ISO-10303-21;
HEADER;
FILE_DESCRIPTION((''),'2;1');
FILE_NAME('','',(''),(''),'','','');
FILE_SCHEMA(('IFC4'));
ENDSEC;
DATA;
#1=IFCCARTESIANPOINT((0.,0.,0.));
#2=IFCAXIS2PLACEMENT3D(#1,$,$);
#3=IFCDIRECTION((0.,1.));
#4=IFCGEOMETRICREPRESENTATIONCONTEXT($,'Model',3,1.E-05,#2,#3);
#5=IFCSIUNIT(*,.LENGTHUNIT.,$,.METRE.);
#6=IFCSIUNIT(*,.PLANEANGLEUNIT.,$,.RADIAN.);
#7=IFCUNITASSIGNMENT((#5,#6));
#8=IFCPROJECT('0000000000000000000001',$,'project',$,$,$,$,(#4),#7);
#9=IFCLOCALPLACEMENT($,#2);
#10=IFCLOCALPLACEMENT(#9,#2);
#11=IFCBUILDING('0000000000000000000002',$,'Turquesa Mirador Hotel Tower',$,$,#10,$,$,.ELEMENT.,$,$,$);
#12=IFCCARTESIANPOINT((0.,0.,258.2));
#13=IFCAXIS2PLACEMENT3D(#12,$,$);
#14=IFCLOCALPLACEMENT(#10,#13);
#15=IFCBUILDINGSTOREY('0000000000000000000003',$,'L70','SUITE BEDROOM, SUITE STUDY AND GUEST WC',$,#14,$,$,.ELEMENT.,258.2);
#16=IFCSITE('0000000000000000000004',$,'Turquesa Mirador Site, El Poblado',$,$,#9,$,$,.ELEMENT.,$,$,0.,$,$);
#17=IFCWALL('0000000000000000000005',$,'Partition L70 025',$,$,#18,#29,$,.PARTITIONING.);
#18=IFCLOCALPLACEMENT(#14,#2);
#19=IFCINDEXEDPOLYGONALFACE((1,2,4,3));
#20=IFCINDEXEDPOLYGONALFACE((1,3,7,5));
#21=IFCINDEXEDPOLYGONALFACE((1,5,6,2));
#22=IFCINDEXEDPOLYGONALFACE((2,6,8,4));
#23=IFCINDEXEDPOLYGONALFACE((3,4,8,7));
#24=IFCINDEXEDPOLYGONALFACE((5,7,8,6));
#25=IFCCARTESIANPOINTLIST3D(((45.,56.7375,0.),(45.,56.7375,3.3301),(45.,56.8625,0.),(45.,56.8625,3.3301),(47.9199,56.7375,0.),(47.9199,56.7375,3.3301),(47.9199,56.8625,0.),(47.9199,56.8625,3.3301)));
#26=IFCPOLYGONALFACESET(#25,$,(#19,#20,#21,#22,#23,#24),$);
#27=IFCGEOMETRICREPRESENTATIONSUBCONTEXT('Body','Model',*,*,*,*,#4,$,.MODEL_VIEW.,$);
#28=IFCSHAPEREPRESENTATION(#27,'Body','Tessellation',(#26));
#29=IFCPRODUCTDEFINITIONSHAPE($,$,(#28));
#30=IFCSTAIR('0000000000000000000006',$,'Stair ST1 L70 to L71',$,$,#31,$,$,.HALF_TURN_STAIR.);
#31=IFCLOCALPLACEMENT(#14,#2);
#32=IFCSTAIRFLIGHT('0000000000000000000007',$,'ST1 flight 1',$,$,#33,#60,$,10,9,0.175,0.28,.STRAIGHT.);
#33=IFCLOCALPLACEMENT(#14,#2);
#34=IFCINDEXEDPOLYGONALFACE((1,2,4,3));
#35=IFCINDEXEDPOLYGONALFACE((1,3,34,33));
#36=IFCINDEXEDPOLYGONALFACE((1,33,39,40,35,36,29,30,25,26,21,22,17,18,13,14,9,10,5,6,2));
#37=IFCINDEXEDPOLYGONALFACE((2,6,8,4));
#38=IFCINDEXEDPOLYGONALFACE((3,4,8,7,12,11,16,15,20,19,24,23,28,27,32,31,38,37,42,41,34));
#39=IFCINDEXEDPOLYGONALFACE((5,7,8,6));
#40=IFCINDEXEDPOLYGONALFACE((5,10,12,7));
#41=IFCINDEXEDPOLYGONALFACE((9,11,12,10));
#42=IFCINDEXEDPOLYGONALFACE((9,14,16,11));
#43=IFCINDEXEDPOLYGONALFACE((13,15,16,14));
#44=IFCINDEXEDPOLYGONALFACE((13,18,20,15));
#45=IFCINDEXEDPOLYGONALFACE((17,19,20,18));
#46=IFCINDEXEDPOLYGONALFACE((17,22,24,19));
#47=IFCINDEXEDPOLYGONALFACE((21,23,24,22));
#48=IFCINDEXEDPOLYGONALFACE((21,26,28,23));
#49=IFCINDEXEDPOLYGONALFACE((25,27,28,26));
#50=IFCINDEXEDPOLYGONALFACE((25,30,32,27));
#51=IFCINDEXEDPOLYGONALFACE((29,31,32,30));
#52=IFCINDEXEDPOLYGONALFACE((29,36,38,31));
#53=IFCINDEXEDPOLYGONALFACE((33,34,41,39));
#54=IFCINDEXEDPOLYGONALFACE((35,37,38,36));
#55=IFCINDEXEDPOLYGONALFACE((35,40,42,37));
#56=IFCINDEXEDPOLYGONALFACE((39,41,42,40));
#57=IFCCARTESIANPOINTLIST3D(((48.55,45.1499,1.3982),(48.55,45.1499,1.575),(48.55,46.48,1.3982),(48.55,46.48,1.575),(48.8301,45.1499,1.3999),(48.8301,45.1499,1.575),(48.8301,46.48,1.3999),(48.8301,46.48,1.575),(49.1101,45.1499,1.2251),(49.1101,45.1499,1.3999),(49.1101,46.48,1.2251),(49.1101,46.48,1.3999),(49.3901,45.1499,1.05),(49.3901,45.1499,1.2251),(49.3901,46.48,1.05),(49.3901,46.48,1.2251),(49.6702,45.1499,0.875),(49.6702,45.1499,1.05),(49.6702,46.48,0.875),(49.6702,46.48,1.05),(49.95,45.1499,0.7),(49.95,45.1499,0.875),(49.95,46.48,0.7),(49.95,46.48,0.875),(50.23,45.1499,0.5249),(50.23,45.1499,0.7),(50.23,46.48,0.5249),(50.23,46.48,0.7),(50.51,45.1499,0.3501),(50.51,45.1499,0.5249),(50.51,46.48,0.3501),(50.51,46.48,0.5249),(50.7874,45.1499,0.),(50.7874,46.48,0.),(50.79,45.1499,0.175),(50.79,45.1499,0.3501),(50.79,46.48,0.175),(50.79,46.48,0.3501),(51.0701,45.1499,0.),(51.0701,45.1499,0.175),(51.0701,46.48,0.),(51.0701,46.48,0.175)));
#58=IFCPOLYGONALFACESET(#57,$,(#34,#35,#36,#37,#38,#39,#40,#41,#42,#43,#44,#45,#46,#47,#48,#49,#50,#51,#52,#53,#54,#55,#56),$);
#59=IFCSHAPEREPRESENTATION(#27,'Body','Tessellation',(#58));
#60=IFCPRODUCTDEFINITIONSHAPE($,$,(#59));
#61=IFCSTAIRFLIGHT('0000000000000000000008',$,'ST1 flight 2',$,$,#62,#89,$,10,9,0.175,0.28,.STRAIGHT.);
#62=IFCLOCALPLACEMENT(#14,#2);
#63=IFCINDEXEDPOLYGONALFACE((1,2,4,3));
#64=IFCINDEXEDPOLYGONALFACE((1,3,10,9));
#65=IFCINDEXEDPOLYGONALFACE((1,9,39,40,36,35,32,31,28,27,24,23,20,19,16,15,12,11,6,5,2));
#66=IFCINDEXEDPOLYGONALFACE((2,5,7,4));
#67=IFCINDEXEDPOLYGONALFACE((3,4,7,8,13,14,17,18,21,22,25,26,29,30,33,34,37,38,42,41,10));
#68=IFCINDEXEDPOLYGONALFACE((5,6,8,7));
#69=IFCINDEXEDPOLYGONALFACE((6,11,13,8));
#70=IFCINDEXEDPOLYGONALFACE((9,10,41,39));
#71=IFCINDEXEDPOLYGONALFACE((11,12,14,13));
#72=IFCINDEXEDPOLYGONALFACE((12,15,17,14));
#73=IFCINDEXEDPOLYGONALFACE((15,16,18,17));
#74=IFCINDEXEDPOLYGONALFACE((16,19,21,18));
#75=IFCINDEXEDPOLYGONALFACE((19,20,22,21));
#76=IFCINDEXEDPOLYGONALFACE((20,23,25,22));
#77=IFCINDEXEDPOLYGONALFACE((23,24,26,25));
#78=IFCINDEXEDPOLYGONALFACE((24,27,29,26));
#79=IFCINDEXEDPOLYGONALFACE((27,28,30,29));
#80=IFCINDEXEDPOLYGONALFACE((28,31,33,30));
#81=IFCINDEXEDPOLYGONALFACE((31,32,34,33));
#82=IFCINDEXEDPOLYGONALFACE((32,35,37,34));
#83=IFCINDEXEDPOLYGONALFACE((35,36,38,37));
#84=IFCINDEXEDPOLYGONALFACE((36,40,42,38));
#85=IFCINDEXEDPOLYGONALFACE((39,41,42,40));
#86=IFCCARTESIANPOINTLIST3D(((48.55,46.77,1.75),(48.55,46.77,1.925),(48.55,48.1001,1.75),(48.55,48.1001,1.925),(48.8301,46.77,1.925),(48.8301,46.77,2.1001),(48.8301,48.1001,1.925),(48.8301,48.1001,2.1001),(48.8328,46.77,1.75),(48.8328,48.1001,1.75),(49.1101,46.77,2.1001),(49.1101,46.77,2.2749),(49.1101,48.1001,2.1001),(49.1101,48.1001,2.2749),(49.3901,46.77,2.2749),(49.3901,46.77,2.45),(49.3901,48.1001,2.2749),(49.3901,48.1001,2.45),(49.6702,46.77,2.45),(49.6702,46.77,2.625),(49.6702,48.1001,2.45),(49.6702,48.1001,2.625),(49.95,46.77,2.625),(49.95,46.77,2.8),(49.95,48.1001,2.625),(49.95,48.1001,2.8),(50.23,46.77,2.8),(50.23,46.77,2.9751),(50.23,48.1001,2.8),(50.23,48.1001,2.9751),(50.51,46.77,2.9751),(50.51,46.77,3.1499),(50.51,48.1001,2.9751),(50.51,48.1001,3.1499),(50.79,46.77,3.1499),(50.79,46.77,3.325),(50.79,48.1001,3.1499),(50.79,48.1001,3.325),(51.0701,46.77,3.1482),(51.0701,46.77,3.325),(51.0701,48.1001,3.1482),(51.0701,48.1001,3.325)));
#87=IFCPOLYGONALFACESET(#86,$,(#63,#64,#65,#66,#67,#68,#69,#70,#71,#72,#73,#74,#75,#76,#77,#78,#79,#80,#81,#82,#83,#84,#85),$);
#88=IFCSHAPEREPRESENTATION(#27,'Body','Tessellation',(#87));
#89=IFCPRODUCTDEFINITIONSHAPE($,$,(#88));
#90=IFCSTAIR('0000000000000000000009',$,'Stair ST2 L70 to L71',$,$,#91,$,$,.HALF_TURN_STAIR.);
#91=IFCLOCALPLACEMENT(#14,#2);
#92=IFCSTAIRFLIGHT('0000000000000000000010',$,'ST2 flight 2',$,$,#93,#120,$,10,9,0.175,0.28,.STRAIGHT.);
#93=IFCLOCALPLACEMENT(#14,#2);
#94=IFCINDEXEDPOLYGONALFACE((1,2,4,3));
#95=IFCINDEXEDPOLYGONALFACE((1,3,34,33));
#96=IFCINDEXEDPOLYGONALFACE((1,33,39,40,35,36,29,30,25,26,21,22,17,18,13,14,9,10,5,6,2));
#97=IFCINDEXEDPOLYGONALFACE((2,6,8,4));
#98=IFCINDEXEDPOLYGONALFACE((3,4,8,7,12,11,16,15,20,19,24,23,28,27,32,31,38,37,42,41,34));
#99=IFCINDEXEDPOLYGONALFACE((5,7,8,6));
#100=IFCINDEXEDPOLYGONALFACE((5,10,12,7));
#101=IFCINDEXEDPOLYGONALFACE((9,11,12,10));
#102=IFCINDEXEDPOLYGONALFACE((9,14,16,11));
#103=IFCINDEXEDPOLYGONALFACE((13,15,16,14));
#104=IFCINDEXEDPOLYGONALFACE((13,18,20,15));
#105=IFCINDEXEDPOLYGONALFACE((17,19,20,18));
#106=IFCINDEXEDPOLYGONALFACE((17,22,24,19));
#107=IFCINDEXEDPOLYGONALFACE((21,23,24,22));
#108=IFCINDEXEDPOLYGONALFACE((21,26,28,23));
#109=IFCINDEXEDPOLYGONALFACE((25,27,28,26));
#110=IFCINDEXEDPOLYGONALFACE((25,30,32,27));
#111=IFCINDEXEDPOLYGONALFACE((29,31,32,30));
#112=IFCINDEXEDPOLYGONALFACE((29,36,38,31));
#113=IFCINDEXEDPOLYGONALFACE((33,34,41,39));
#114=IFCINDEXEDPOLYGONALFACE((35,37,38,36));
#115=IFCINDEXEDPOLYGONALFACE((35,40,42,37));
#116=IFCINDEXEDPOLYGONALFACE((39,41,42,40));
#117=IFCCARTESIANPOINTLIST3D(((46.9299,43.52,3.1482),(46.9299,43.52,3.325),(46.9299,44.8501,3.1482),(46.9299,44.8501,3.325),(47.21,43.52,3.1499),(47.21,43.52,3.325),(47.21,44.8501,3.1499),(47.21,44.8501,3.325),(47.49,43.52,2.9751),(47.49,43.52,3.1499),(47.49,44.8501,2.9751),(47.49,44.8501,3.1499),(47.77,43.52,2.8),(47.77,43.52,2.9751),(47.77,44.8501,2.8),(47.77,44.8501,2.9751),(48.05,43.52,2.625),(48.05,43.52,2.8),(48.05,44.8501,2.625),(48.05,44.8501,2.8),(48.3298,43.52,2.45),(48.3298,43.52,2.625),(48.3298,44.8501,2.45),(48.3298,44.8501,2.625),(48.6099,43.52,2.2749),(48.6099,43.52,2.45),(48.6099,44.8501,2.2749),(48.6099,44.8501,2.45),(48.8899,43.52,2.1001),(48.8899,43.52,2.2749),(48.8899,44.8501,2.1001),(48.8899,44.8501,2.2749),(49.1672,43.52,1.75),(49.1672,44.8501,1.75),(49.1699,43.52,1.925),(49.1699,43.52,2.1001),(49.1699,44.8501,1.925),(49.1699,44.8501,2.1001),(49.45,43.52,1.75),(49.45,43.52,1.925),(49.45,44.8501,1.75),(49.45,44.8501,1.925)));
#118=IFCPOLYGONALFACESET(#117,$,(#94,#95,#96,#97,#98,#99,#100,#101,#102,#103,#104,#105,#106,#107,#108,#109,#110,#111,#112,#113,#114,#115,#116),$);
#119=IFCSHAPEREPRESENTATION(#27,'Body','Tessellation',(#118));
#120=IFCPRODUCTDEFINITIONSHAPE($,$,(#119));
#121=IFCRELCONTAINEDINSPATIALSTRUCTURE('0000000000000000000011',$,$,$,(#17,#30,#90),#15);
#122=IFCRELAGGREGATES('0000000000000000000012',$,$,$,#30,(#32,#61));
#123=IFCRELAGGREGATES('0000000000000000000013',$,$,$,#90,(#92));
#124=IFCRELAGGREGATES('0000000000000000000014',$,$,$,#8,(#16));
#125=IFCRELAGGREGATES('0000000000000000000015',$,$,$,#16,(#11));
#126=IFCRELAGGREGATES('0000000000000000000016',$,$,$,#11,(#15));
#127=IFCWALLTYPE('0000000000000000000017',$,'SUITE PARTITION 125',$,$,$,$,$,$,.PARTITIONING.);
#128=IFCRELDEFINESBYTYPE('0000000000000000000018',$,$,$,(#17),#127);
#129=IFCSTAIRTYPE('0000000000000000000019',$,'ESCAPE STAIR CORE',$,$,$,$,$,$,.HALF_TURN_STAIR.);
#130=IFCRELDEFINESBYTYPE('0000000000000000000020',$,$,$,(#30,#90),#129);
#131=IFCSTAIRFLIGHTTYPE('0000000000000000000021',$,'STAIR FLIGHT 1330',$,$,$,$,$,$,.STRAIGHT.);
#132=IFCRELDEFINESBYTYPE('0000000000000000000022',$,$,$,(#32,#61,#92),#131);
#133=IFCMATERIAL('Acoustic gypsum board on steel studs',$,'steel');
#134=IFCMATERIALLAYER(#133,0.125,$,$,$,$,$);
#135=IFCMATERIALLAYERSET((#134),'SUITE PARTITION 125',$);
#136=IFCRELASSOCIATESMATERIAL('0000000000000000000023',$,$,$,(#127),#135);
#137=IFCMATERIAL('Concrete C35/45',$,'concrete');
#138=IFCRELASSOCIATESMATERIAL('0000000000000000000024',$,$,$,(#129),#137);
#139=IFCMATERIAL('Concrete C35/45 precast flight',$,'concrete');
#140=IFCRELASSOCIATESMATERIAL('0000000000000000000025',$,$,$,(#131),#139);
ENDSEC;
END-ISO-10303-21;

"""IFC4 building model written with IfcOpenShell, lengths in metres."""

from ifc_helpers import new_model, si_unit, direction, frame, frame_2d, origin, place, context, subcontext, project, spatial, polyline, rectangle, outline, extrude, material, layer, layer_set, type_object, element, aggregate, save


model = new_model("IFC4")

# Units and contexts
model_context = context("Model", 3, precision=1e-05, world=origin(), true_north=direction((0.0, 1.0)))
body_context = subcontext(model_context, "Body", "Model", "MODEL_VIEW")
ifc_project = project(units=[si_unit("LENGTHUNIT", "METRE"), si_unit("PLANEANGLEUNIT", "RADIAN")], contexts=[model_context])

# Site, building, storey
site_placement = place(None, origin())
site = spatial("IfcSite", under=ifc_project, at=site_placement, Name="Turquesa Mirador Site, El Poblado", CompositionType="ELEMENT", RefElevation=0.0)
building_placement = place(site_placement, origin())
building = spatial("IfcBuilding", under=site, at=building_placement, Name="Turquesa Mirador Hotel Tower", CompositionType="ELEMENT")
storey_placement = place(building_placement, frame((0.0, 0.0, 258.2)))
storey = spatial("IfcBuildingStorey", under=building, at=storey_placement, Name="L70", Description="SUITE BEDROOM, SUITE STUDY AND GUEST WC", CompositionType="ELEMENT", Elevation=258.2)

# Wall
ifc_material_1 = material(Name="Acoustic gypsum board on steel studs", Category="steel")
ifc_layer_1 = layer(ifc_material_1, 0.125)
ifc_layer_set_1 = layer_set([ifc_layer_1], Name="SUITE PARTITION 125")
wall_type_1 = type_object("IfcWallType", Name="SUITE PARTITION 125", PredefinedType="PARTITIONING", material=ifc_layer_set_1)
wall_1_placement = place(storey_placement, frame((45.0, 56.8, 0.0), z_axis=(0.0, 0.0, 1.0), x_axis=(1.0, 0.0, 0.0)))
element("IfcWall", 1, at=wall_1_placement, inside=storey, type_object=wall_type_1, Name="Partition L70 025", PredefinedType="PARTITIONING", context=body_context, shape_type="SweptSolid", body=[
    extrude(rectangle(XDim=2.9199, YDim=0.125, at=frame_2d((1.46, 0.0))), origin(), (0.0, 0.0, 1.0), 3.3301),
])

# Stair, stair flights
ifc_material_2 = material(Name="Concrete C35/45", Category="concrete")
stair_type = type_object("IfcStairType", Name="ESCAPE STAIR CORE", PredefinedType="HALF_TURN_STAIR", material=ifc_material_2)
stair_1_placement = place(storey_placement, origin())
stair_1 = element("IfcStair", 2, at=stair_1_placement, inside=storey, type_object=stair_type, Name="Stair ST1 L70 to L71", PredefinedType="HALF_TURN_STAIR")
ifc_material_3 = material(Name="Concrete C35/45 precast flight", Category="concrete")
stair_flight_type = type_object("IfcStairFlightType", Name="STAIR FLIGHT 1330", PredefinedType="STRAIGHT", material=ifc_material_3)
stair_flight_1_placement = place(storey_placement, frame((51.0701, 45.8149, 0.0), z_axis=(0.0, 0.0, 1.0), x_axis=(-1.0, 0.0, 0.0)))
stair_flight_1 = element("IfcStairFlight", 3, at=stair_flight_1_placement, type_object=stair_flight_type, Name="ST1 flight 1", NumberOfRisers=10, NumberOfTreads=9, PredefinedType="STRAIGHT", RiserHeight=0.175, TreadLength=0.28, context=body_context, shape_type="SweptSolid", body=[
    extrude(outline(polyline([(0.0, 0.0), (0.0, 0.175), (0.28, 0.175), (0.28, 0.3501), (0.5601, 0.3501), (0.5601, 0.5249), (0.8401, 0.5249), (0.8401, 0.7), (1.1201, 0.7), (1.1201, 0.875), (1.3999, 0.875), (1.3999, 1.05), (1.6799, 1.05), (1.6799, 1.2251), (1.96, 1.2251), (1.96, 1.3999), (2.24, 1.3999), (2.24, 1.575), (2.52, 1.575), (2.52, 1.75), (2.52, 1.3982), (0.2827, 0.0), (0.0, 0.0)])), frame((0.0, 0.665, 0.0), z_axis=(0.0, -1.0, 0.0), x_axis=(1.0, 0.0, 0.0)), (0.0, 0.0, 1.0), 1.3301),
])
stair_flight_2_placement = place(storey_placement, frame((48.55, 47.4351, 1.75), z_axis=(0.0, 0.0, 1.0), x_axis=(1.0, 0.0, 0.0)))
stair_flight_2 = element("IfcStairFlight", 4, at=stair_flight_2_placement, type_object=stair_flight_type, Name="ST1 flight 2", NumberOfRisers=10, NumberOfTreads=9, PredefinedType="STRAIGHT", RiserHeight=0.175, TreadLength=0.28, context=body_context, shape_type="SweptSolid", body=[
    extrude(outline(polyline([(0.0, 0.0), (0.0, 0.175), (0.28, 0.175), (0.28, 0.3501), (0.5601, 0.3501), (0.5601, 0.5249), (0.8401, 0.5249), (0.8401, 0.7), (1.1201, 0.7), (1.1201, 0.875), (1.3999, 0.875), (1.3999, 1.05), (1.6799, 1.05), (1.6799, 1.2251), (1.96, 1.2251), (1.96, 1.3999), (2.24, 1.3999), (2.24, 1.575), (2.52, 1.575), (2.52, 1.75), (2.52, 1.3982), (0.2827, 0.0), (0.0, 0.0)])), frame((0.0, 0.665, 0.0), z_axis=(0.0, -1.0, 0.0), x_axis=(1.0, 0.0, 0.0)), (0.0, 0.0, 1.0), 1.3301),
])
aggregate(stair_1, [stair_flight_1, stair_flight_2])

# Stair, stair flight
stair_2_placement = place(storey_placement, origin())
stair_2 = element("IfcStair", 5, at=stair_2_placement, inside=storey, type_object=stair_type, Name="Stair ST2 L70 to L71", PredefinedType="HALF_TURN_STAIR")
stair_flight_3_placement = place(storey_placement, frame((49.45, 44.1851, 1.75), z_axis=(0.0, 0.0, 1.0), x_axis=(-1.0, 0.0, 0.0)))
stair_flight_3 = element("IfcStairFlight", 6, at=stair_flight_3_placement, type_object=stair_flight_type, Name="ST2 flight 2", NumberOfRisers=10, NumberOfTreads=9, PredefinedType="STRAIGHT", RiserHeight=0.175, TreadLength=0.28, context=body_context, shape_type="SweptSolid", body=[
    extrude(outline(polyline([(0.0, 0.0), (0.0, 0.175), (0.28, 0.175), (0.28, 0.3501), (0.5601, 0.3501), (0.5601, 0.5249), (0.8401, 0.5249), (0.8401, 0.7), (1.1201, 0.7), (1.1201, 0.875), (1.3999, 0.875), (1.3999, 1.05), (1.6799, 1.05), (1.6799, 1.2251), (1.96, 1.2251), (1.96, 1.3999), (2.24, 1.3999), (2.24, 1.575), (2.52, 1.575), (2.52, 1.75), (2.52, 1.3982), (0.2827, 0.0), (0.0, 0.0)])), frame((0.0, 0.665, 0.0), z_axis=(0.0, -1.0, 0.0), x_axis=(1.0, 0.0, 0.0)), (0.0, 0.0, 1.0), 1.3301),
])
aggregate(stair_2, [stair_flight_3])

save(model, "model.ifc")
